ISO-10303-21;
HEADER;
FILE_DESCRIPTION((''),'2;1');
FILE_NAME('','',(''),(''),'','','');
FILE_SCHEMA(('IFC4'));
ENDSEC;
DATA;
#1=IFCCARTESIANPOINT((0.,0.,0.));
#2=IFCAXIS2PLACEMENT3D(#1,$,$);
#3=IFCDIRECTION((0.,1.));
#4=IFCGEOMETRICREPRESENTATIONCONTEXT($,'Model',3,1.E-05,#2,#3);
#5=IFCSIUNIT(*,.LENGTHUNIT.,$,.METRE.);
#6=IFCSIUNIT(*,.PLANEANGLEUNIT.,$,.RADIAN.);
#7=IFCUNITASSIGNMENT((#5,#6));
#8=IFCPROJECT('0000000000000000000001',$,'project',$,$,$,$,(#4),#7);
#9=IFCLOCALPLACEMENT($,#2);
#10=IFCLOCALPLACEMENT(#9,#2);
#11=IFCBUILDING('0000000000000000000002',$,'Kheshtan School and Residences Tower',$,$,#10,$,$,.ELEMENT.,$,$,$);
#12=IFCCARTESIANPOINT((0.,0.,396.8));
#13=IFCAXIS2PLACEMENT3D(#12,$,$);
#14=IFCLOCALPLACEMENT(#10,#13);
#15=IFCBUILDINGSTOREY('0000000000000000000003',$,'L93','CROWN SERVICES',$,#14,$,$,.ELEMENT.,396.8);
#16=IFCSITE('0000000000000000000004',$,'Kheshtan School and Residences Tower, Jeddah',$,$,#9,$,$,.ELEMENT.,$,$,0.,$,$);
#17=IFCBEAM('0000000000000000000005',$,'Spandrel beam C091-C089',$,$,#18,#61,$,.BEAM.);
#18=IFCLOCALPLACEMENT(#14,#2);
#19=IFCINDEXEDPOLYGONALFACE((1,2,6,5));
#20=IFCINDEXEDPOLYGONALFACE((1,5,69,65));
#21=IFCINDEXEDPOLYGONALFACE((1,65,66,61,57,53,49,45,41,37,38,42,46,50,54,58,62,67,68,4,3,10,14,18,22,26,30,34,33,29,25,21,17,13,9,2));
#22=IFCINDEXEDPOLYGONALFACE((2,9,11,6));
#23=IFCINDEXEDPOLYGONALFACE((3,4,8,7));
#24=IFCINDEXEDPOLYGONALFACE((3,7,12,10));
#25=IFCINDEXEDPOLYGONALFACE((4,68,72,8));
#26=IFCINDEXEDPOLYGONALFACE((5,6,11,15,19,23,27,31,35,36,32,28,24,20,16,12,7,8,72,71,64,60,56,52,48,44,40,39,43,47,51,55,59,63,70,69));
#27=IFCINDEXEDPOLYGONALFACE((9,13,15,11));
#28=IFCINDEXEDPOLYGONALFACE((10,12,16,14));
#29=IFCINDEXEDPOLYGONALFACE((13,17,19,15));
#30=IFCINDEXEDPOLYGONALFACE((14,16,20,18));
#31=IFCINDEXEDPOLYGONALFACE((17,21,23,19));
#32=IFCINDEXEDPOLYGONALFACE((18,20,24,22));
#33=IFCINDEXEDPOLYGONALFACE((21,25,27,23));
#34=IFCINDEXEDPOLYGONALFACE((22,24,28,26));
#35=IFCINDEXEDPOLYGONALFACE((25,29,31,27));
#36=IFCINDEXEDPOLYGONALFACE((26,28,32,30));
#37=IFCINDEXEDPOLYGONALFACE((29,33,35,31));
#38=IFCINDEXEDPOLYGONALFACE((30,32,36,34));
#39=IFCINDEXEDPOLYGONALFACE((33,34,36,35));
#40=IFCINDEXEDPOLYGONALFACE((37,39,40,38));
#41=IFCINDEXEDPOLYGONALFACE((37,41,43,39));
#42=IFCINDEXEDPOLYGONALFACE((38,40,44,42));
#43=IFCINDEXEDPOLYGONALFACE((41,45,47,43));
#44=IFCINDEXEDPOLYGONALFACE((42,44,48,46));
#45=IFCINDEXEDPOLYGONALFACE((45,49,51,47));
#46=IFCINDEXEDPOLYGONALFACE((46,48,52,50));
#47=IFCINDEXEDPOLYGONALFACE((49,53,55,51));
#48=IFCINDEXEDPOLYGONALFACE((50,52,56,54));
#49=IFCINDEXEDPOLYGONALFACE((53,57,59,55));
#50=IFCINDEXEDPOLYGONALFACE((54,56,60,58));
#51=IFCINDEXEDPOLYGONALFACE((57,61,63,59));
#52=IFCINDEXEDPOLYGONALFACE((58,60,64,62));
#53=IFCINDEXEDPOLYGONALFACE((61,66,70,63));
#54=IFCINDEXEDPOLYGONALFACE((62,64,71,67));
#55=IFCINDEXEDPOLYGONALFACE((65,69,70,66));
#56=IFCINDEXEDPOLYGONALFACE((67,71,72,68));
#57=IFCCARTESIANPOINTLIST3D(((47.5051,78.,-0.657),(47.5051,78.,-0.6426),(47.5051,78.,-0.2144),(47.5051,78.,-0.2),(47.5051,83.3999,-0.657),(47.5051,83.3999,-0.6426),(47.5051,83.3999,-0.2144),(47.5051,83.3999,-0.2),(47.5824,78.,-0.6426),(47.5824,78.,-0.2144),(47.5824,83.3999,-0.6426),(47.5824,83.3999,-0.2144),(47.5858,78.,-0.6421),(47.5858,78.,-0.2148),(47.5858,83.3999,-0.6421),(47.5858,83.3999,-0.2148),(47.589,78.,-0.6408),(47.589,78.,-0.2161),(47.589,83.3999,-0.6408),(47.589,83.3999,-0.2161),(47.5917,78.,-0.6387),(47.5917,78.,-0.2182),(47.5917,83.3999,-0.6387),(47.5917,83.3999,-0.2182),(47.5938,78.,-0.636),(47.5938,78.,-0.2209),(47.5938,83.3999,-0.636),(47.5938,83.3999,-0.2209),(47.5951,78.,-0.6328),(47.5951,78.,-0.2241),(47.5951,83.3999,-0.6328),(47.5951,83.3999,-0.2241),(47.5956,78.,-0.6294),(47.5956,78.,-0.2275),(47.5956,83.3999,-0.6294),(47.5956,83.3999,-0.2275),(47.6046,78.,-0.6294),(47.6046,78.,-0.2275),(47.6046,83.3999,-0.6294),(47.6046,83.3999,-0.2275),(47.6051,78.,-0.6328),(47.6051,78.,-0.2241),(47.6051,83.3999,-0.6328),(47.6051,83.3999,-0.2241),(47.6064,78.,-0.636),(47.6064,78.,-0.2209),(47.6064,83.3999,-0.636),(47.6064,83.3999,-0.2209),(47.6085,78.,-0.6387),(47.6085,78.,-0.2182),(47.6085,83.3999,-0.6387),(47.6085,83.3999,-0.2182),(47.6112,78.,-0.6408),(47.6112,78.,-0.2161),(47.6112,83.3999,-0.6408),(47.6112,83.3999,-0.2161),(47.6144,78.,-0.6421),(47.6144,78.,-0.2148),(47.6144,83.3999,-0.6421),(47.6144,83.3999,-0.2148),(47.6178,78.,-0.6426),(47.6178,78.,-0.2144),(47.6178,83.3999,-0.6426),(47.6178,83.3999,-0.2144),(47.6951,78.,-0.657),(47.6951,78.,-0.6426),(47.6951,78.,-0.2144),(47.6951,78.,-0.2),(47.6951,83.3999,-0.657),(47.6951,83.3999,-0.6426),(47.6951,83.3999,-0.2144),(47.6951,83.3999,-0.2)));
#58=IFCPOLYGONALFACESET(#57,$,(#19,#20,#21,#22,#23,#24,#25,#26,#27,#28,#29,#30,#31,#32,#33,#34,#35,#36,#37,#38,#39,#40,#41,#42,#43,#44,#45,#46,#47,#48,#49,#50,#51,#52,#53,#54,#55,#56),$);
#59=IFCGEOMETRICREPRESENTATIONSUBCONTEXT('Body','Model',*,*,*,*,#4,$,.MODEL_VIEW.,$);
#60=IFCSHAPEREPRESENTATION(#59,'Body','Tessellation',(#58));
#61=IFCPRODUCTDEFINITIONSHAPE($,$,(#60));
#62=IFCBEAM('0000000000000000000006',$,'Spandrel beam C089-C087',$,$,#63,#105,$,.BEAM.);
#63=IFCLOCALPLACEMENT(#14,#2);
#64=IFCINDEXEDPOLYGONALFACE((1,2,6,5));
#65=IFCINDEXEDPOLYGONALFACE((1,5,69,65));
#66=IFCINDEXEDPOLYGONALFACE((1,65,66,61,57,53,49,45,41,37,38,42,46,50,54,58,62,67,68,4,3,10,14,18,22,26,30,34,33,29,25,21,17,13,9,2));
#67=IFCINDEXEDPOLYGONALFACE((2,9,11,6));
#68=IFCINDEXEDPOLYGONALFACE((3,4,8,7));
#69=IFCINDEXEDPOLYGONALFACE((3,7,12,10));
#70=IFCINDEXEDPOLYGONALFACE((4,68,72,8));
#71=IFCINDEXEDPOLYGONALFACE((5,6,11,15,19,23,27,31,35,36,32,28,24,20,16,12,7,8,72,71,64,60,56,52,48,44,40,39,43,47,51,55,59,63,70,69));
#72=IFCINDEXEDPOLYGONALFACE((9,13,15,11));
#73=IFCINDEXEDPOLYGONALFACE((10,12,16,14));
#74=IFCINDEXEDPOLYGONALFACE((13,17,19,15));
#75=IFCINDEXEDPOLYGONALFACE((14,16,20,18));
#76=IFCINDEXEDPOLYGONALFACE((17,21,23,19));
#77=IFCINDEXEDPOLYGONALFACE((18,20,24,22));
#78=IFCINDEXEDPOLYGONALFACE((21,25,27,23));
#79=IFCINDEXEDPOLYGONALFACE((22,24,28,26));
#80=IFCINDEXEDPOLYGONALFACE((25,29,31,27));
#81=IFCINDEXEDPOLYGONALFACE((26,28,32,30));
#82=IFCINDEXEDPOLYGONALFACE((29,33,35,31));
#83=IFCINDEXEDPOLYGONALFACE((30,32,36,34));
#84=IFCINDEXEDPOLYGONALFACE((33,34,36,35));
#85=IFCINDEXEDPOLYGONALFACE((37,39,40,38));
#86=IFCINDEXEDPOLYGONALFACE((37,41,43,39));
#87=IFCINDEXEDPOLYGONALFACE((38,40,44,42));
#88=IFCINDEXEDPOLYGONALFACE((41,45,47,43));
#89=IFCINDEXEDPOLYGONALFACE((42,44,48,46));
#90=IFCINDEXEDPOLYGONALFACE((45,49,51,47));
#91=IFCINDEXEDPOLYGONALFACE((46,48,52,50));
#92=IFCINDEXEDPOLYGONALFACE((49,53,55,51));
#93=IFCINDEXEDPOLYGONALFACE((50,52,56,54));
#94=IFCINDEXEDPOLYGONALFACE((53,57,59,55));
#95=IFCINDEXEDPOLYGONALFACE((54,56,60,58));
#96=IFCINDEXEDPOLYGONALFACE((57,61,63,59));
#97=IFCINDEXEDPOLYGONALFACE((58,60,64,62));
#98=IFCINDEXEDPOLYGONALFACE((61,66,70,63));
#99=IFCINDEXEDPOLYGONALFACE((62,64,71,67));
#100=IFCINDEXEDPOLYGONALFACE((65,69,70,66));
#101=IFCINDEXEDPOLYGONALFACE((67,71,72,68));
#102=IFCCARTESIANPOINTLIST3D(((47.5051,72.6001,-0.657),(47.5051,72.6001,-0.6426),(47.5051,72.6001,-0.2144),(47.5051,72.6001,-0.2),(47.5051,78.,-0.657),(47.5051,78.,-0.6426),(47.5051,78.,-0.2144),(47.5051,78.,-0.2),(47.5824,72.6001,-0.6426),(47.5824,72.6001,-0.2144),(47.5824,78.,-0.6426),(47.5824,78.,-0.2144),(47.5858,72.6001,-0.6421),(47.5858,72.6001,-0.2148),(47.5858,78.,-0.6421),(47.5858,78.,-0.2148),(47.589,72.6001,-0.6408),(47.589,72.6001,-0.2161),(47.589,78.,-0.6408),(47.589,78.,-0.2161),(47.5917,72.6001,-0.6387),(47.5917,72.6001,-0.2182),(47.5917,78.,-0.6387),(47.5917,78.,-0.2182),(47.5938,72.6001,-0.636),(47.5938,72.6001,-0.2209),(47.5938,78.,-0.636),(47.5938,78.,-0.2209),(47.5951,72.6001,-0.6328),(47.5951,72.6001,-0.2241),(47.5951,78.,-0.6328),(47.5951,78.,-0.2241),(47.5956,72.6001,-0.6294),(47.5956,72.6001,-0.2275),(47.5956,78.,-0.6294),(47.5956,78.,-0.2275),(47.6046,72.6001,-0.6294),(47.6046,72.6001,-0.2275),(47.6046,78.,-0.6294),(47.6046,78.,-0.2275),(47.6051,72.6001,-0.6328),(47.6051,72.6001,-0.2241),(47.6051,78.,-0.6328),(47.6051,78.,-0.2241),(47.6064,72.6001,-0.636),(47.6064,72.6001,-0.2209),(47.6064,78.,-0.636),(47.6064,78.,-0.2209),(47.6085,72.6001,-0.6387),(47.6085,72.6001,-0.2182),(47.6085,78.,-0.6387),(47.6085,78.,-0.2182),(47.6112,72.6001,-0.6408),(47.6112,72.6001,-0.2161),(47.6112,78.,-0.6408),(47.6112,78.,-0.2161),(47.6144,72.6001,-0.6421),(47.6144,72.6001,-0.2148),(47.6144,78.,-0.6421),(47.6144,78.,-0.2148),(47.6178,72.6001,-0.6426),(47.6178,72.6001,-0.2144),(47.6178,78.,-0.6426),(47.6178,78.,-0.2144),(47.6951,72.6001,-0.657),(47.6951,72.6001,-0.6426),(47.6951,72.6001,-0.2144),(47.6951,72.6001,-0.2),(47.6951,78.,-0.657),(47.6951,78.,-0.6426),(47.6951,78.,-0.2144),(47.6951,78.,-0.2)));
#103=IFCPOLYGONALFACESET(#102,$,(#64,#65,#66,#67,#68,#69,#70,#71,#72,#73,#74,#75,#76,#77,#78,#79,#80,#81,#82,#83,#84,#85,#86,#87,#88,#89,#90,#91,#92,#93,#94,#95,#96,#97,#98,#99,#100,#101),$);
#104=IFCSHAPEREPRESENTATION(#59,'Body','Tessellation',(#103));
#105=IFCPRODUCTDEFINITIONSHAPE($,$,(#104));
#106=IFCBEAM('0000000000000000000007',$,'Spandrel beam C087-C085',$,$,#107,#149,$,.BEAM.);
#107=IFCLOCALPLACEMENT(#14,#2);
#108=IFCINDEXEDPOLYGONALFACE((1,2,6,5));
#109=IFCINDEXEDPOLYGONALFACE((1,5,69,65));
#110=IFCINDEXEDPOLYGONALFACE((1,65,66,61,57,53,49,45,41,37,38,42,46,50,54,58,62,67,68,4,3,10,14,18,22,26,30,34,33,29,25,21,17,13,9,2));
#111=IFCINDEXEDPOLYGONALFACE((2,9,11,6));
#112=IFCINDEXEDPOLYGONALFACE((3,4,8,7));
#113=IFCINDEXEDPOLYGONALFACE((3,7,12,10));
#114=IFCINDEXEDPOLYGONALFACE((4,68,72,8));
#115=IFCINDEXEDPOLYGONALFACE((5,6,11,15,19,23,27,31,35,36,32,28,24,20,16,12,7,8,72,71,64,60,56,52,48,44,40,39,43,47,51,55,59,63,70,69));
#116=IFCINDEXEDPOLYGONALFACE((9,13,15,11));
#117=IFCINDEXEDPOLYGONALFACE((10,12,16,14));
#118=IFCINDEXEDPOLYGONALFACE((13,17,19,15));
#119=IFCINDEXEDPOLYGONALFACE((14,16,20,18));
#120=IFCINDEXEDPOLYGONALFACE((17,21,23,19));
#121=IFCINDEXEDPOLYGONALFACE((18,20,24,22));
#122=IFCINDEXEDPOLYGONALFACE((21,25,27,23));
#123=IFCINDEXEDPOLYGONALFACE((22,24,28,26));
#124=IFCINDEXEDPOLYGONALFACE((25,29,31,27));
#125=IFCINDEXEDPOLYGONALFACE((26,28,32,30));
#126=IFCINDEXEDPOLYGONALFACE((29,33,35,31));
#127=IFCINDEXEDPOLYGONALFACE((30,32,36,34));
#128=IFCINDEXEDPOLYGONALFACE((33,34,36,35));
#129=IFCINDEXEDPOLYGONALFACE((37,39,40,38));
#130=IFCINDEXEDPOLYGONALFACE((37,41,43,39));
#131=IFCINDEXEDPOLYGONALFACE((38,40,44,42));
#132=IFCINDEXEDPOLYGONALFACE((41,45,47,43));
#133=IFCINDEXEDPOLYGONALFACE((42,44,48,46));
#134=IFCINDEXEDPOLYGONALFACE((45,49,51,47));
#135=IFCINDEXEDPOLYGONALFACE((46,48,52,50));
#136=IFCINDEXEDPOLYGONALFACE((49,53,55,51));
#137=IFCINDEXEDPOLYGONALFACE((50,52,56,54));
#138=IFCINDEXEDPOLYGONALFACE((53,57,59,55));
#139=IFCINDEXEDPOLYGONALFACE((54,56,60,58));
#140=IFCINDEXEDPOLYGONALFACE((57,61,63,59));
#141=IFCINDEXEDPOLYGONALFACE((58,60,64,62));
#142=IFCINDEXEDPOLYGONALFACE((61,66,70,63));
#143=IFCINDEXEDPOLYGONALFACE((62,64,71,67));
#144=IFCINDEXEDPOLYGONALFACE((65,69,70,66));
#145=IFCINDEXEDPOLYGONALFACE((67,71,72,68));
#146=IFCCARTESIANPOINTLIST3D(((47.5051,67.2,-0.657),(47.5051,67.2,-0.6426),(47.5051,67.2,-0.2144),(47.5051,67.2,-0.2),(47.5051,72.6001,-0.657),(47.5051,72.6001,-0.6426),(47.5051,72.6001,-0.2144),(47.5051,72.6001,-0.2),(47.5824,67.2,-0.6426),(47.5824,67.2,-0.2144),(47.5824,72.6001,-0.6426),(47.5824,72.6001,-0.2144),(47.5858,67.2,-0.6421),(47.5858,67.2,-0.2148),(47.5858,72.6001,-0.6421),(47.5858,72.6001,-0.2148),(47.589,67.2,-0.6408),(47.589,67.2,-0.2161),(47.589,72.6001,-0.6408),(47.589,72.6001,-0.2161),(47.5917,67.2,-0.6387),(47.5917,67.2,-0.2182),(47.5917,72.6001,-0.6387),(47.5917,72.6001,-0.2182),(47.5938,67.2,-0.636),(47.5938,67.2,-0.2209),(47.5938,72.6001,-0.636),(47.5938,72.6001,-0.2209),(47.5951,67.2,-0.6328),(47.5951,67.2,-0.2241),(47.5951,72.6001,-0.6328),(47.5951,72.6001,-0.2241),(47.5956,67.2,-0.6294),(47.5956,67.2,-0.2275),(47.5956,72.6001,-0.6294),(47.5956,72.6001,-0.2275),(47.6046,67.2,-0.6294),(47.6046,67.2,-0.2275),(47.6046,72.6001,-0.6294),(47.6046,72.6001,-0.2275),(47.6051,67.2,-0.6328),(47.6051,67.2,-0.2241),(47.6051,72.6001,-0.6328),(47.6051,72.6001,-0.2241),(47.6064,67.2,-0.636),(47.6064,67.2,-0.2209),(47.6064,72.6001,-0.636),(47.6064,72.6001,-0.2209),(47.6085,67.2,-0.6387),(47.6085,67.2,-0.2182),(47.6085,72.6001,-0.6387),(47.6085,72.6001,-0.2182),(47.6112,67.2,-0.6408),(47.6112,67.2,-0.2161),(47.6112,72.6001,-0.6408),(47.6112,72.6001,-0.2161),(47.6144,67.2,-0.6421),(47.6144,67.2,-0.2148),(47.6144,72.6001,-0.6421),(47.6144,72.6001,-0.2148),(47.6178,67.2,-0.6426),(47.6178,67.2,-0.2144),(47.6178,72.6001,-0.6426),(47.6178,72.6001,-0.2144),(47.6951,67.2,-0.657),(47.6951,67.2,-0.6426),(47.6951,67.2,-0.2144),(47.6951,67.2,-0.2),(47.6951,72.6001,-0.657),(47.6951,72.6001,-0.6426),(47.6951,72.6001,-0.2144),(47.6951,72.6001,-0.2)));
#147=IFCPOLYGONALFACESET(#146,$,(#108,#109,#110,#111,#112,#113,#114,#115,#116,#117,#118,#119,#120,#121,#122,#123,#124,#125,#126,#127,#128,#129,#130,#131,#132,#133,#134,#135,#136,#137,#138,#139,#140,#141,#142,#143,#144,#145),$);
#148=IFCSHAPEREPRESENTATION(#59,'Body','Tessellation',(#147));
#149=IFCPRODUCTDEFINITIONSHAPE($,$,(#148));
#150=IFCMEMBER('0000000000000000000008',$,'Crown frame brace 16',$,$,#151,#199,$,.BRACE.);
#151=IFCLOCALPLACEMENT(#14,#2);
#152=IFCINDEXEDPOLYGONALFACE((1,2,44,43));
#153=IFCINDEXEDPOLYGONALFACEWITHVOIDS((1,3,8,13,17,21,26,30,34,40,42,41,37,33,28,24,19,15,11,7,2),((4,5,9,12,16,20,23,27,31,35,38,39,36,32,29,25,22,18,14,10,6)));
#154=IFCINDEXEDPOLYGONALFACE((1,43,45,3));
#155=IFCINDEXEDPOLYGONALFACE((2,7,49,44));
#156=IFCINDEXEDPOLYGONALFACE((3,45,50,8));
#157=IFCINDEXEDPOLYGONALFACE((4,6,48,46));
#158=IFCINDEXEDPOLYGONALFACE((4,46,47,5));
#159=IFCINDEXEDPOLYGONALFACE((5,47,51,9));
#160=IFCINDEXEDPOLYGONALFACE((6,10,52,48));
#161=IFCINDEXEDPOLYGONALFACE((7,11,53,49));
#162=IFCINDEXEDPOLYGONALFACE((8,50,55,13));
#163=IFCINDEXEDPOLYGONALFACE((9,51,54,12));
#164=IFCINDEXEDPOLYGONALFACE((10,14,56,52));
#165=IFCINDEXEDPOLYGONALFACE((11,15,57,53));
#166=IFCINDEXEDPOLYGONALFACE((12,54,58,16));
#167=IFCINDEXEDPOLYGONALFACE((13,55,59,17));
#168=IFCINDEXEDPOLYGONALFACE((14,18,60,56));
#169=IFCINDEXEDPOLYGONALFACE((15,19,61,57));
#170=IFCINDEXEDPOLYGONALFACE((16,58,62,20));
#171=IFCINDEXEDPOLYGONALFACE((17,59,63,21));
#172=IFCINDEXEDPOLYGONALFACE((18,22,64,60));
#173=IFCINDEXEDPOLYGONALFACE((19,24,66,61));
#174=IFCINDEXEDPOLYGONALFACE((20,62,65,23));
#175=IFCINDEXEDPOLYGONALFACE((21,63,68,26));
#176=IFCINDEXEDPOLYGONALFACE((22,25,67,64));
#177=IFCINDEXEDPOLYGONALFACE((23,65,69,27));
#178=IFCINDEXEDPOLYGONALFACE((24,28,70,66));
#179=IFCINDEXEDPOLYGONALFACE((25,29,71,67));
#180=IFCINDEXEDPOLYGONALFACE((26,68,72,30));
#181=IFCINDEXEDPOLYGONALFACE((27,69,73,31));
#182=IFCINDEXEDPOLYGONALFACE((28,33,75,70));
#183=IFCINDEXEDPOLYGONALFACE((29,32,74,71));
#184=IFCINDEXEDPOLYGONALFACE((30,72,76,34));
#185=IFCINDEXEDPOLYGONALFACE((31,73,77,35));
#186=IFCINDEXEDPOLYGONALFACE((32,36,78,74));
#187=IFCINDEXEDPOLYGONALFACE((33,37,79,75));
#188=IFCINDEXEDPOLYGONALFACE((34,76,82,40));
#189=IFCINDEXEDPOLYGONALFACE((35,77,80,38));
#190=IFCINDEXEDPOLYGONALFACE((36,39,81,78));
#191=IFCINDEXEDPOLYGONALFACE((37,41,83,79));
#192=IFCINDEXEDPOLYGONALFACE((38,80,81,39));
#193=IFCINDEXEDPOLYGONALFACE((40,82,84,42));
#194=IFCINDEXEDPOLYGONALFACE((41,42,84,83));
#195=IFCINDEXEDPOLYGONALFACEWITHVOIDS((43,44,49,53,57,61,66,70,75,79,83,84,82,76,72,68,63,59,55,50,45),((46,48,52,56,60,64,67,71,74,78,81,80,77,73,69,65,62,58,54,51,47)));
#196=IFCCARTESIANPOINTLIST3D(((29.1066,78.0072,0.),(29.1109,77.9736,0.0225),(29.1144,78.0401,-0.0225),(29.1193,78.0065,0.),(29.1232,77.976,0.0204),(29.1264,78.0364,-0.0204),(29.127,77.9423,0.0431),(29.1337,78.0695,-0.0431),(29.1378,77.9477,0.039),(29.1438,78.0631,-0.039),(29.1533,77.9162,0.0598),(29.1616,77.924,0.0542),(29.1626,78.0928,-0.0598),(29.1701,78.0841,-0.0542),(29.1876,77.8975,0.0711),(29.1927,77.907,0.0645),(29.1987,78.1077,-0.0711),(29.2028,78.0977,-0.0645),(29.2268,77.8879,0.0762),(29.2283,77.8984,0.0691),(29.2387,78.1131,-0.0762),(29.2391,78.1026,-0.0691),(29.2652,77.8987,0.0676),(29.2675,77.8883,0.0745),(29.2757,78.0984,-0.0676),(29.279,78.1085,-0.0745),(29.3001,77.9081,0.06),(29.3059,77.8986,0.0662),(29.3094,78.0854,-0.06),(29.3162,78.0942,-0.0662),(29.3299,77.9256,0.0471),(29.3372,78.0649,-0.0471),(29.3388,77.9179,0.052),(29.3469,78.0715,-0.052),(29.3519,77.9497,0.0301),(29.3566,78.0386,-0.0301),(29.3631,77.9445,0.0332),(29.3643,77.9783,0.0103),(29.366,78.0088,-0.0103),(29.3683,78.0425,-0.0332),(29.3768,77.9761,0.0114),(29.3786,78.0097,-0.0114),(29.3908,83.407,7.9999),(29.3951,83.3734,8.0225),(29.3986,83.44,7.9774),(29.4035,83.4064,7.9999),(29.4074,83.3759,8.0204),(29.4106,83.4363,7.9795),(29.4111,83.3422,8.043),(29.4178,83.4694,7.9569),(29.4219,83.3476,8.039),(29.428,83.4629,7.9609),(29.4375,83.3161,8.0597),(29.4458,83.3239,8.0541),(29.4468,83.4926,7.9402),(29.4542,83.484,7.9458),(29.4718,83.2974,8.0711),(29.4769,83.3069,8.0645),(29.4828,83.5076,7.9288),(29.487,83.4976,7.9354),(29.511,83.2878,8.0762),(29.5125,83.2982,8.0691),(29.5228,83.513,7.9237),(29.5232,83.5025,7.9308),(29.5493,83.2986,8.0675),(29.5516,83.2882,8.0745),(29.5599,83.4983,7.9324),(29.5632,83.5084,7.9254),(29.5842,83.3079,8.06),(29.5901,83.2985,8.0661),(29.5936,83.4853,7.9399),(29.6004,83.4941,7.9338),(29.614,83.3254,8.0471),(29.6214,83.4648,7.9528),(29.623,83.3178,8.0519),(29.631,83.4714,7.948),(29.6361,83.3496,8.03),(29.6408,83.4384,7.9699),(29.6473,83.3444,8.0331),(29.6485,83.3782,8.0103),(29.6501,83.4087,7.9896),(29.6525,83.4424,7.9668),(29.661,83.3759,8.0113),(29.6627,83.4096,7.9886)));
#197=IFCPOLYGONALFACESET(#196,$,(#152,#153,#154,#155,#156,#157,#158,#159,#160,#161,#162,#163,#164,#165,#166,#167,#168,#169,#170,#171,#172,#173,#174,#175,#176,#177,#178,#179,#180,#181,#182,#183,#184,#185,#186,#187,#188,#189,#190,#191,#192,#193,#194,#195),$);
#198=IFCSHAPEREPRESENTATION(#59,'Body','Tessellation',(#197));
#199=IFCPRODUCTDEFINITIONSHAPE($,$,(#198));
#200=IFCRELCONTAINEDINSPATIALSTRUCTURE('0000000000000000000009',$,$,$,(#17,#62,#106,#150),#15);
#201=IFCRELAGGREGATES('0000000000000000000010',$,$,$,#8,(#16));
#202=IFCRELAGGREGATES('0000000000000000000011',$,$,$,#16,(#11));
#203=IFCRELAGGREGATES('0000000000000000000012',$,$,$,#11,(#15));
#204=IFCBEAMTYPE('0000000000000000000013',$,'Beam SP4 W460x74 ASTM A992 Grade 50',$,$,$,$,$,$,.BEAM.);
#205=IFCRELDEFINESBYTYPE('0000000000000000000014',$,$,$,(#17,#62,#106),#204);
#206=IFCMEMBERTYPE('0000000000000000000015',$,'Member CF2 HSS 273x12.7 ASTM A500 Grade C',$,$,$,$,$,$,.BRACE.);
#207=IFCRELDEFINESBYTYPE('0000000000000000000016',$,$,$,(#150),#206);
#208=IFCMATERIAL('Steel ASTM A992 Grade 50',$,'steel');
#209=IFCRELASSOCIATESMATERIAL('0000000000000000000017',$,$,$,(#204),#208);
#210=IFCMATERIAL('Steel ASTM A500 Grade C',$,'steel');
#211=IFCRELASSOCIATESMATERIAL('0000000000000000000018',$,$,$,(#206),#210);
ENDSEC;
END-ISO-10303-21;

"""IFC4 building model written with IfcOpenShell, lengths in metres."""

from ifc_helpers import new_model, si_unit, direction, frame, origin, origin_2d, place, context, subcontext, project, spatial, hollow_circle, i_section, extrude, material, material_profile, profile_set, type_object, element, save


model = new_model("IFC4")

# Units and contexts
model_context = context("Model", 3, precision=1e-05, world=origin(), true_north=direction((0.0, 1.0)))
body_context = subcontext(model_context, "Body", "Model", "MODEL_VIEW")
ifc_project = project(units=[si_unit("LENGTHUNIT", "METRE"), si_unit("PLANEANGLEUNIT", "RADIAN")], contexts=[model_context])

# Site, building, storey
site_placement = place(None, origin())
site = spatial("IfcSite", under=ifc_project, at=site_placement, Name="Kheshtan School and Residences Tower, Jeddah", CompositionType="ELEMENT", RefElevation=0.0)
building_placement = place(site_placement, origin())
building = spatial("IfcBuilding", under=site, at=building_placement, Name="Kheshtan School and Residences Tower", CompositionType="ELEMENT")
storey_placement = place(building_placement, frame((0.0, 0.0, 396.8)))
storey = spatial("IfcBuildingStorey", under=building, at=storey_placement, Name="L93", Description="CROWN SERVICES", CompositionType="ELEMENT", Elevation=396.8)

# Shared definitions
ifc_material_1 = material(Name="Steel ASTM A500 Grade C", Category="steel")

# Beams
ifc_material_2 = material(Name="Steel ASTM A992 Grade 50", Category="steel")
ifc_material_profile_1 = material_profile(ifc_material_2, i_section(OverallWidth=0.1899, OverallDepth=0.457, WebThickness=0.009, FlangeThickness=0.0144, FilletRadius=0.0132, at=origin_2d()), Name="W460x74")
ifc_profile_set_1 = profile_set([ifc_material_profile_1], Name="Steel ASTM A992 Grade 50")
beam_type = type_object("IfcBeamType", Name="Beam SP4 W460x74 ASTM A992 Grade 50", PredefinedType="BEAM", material=ifc_profile_set_1)
for number, where, z_axis, x_axis, name in (
    (1, (47.6001, 83.3999, -0.4285), (0.0, -1.0, 0.0), (1.0, 0.0, 0.0), "Spandrel beam C091-C089"),
    (2, (47.6001, 78.0, -0.4285), (0.0, -1.0, 0.0), (1.0, 0.0, 0.0), "Spandrel beam C089-C087"),
):
    element("IfcBeam", number, at=place(storey_placement, frame(where, z_axis=z_axis, x_axis=x_axis)), inside=storey, type_object=beam_type, Name=name, PredefinedType="BEAM", context=body_context, shape_type="SweptSolid", body=[
        extrude(i_section(OverallWidth=0.1899, OverallDepth=0.457, WebThickness=0.009, FlangeThickness=0.0144, FilletRadius=0.0132, at=origin_2d()), origin(), (0.0, 0.0, 1.0), 5.3999),
    ])
beam_1_placement = place(storey_placement, frame((47.6001, 72.6001, -0.4285), z_axis=(0.0, -1.0, 0.0), x_axis=(1.0, 0.0, 0.0)))
element("IfcBeam", 3, at=beam_1_placement, inside=storey, type_object=beam_type, Name="Spandrel beam C087-C085", PredefinedType="BEAM", context=body_context, shape_type="SweptSolid", body=[
    extrude(i_section(OverallWidth=0.1899, OverallDepth=0.457, WebThickness=0.009, FlangeThickness=0.0144, FilletRadius=0.0132, at=origin_2d()), origin(), (0.0, 0.0, 1.0), 5.4001),
])

# Member
ifc_material_profile_2 = material_profile(ifc_material_1, hollow_circle(Radius=0.1365, WallThickness=0.0127, at=origin_2d()), Name="HSS 273x12.7")
ifc_profile_set_2 = profile_set([ifc_material_profile_2], Name="Steel ASTM A500 Grade C")
member_type = type_object("IfcMemberType", Name="Member CF2 HSS 273x12.7 ASTM A500 Grade C", PredefinedType="BRACE", material=ifc_profile_set_2)
member_1_placement = place(storey_placement, frame((29.2429, 78.0, 0.0), z_axis=(0.02943, 0.559224, 0.828494), x_axis=(-0.998618, 0.052554, 0.0)))
element("IfcMember", 4, at=member_1_placement, inside=storey, type_object=member_type, Name="Crown frame brace 16", PredefinedType="BRACE", context=body_context, shape_type="SweptSolid", body=[
    extrude(hollow_circle(Radius=0.1365, WallThickness=0.0127, at=origin_2d()), origin(), (0.0, 0.0, 1.0), 9.656),
])

save(model, "model.ifc")
